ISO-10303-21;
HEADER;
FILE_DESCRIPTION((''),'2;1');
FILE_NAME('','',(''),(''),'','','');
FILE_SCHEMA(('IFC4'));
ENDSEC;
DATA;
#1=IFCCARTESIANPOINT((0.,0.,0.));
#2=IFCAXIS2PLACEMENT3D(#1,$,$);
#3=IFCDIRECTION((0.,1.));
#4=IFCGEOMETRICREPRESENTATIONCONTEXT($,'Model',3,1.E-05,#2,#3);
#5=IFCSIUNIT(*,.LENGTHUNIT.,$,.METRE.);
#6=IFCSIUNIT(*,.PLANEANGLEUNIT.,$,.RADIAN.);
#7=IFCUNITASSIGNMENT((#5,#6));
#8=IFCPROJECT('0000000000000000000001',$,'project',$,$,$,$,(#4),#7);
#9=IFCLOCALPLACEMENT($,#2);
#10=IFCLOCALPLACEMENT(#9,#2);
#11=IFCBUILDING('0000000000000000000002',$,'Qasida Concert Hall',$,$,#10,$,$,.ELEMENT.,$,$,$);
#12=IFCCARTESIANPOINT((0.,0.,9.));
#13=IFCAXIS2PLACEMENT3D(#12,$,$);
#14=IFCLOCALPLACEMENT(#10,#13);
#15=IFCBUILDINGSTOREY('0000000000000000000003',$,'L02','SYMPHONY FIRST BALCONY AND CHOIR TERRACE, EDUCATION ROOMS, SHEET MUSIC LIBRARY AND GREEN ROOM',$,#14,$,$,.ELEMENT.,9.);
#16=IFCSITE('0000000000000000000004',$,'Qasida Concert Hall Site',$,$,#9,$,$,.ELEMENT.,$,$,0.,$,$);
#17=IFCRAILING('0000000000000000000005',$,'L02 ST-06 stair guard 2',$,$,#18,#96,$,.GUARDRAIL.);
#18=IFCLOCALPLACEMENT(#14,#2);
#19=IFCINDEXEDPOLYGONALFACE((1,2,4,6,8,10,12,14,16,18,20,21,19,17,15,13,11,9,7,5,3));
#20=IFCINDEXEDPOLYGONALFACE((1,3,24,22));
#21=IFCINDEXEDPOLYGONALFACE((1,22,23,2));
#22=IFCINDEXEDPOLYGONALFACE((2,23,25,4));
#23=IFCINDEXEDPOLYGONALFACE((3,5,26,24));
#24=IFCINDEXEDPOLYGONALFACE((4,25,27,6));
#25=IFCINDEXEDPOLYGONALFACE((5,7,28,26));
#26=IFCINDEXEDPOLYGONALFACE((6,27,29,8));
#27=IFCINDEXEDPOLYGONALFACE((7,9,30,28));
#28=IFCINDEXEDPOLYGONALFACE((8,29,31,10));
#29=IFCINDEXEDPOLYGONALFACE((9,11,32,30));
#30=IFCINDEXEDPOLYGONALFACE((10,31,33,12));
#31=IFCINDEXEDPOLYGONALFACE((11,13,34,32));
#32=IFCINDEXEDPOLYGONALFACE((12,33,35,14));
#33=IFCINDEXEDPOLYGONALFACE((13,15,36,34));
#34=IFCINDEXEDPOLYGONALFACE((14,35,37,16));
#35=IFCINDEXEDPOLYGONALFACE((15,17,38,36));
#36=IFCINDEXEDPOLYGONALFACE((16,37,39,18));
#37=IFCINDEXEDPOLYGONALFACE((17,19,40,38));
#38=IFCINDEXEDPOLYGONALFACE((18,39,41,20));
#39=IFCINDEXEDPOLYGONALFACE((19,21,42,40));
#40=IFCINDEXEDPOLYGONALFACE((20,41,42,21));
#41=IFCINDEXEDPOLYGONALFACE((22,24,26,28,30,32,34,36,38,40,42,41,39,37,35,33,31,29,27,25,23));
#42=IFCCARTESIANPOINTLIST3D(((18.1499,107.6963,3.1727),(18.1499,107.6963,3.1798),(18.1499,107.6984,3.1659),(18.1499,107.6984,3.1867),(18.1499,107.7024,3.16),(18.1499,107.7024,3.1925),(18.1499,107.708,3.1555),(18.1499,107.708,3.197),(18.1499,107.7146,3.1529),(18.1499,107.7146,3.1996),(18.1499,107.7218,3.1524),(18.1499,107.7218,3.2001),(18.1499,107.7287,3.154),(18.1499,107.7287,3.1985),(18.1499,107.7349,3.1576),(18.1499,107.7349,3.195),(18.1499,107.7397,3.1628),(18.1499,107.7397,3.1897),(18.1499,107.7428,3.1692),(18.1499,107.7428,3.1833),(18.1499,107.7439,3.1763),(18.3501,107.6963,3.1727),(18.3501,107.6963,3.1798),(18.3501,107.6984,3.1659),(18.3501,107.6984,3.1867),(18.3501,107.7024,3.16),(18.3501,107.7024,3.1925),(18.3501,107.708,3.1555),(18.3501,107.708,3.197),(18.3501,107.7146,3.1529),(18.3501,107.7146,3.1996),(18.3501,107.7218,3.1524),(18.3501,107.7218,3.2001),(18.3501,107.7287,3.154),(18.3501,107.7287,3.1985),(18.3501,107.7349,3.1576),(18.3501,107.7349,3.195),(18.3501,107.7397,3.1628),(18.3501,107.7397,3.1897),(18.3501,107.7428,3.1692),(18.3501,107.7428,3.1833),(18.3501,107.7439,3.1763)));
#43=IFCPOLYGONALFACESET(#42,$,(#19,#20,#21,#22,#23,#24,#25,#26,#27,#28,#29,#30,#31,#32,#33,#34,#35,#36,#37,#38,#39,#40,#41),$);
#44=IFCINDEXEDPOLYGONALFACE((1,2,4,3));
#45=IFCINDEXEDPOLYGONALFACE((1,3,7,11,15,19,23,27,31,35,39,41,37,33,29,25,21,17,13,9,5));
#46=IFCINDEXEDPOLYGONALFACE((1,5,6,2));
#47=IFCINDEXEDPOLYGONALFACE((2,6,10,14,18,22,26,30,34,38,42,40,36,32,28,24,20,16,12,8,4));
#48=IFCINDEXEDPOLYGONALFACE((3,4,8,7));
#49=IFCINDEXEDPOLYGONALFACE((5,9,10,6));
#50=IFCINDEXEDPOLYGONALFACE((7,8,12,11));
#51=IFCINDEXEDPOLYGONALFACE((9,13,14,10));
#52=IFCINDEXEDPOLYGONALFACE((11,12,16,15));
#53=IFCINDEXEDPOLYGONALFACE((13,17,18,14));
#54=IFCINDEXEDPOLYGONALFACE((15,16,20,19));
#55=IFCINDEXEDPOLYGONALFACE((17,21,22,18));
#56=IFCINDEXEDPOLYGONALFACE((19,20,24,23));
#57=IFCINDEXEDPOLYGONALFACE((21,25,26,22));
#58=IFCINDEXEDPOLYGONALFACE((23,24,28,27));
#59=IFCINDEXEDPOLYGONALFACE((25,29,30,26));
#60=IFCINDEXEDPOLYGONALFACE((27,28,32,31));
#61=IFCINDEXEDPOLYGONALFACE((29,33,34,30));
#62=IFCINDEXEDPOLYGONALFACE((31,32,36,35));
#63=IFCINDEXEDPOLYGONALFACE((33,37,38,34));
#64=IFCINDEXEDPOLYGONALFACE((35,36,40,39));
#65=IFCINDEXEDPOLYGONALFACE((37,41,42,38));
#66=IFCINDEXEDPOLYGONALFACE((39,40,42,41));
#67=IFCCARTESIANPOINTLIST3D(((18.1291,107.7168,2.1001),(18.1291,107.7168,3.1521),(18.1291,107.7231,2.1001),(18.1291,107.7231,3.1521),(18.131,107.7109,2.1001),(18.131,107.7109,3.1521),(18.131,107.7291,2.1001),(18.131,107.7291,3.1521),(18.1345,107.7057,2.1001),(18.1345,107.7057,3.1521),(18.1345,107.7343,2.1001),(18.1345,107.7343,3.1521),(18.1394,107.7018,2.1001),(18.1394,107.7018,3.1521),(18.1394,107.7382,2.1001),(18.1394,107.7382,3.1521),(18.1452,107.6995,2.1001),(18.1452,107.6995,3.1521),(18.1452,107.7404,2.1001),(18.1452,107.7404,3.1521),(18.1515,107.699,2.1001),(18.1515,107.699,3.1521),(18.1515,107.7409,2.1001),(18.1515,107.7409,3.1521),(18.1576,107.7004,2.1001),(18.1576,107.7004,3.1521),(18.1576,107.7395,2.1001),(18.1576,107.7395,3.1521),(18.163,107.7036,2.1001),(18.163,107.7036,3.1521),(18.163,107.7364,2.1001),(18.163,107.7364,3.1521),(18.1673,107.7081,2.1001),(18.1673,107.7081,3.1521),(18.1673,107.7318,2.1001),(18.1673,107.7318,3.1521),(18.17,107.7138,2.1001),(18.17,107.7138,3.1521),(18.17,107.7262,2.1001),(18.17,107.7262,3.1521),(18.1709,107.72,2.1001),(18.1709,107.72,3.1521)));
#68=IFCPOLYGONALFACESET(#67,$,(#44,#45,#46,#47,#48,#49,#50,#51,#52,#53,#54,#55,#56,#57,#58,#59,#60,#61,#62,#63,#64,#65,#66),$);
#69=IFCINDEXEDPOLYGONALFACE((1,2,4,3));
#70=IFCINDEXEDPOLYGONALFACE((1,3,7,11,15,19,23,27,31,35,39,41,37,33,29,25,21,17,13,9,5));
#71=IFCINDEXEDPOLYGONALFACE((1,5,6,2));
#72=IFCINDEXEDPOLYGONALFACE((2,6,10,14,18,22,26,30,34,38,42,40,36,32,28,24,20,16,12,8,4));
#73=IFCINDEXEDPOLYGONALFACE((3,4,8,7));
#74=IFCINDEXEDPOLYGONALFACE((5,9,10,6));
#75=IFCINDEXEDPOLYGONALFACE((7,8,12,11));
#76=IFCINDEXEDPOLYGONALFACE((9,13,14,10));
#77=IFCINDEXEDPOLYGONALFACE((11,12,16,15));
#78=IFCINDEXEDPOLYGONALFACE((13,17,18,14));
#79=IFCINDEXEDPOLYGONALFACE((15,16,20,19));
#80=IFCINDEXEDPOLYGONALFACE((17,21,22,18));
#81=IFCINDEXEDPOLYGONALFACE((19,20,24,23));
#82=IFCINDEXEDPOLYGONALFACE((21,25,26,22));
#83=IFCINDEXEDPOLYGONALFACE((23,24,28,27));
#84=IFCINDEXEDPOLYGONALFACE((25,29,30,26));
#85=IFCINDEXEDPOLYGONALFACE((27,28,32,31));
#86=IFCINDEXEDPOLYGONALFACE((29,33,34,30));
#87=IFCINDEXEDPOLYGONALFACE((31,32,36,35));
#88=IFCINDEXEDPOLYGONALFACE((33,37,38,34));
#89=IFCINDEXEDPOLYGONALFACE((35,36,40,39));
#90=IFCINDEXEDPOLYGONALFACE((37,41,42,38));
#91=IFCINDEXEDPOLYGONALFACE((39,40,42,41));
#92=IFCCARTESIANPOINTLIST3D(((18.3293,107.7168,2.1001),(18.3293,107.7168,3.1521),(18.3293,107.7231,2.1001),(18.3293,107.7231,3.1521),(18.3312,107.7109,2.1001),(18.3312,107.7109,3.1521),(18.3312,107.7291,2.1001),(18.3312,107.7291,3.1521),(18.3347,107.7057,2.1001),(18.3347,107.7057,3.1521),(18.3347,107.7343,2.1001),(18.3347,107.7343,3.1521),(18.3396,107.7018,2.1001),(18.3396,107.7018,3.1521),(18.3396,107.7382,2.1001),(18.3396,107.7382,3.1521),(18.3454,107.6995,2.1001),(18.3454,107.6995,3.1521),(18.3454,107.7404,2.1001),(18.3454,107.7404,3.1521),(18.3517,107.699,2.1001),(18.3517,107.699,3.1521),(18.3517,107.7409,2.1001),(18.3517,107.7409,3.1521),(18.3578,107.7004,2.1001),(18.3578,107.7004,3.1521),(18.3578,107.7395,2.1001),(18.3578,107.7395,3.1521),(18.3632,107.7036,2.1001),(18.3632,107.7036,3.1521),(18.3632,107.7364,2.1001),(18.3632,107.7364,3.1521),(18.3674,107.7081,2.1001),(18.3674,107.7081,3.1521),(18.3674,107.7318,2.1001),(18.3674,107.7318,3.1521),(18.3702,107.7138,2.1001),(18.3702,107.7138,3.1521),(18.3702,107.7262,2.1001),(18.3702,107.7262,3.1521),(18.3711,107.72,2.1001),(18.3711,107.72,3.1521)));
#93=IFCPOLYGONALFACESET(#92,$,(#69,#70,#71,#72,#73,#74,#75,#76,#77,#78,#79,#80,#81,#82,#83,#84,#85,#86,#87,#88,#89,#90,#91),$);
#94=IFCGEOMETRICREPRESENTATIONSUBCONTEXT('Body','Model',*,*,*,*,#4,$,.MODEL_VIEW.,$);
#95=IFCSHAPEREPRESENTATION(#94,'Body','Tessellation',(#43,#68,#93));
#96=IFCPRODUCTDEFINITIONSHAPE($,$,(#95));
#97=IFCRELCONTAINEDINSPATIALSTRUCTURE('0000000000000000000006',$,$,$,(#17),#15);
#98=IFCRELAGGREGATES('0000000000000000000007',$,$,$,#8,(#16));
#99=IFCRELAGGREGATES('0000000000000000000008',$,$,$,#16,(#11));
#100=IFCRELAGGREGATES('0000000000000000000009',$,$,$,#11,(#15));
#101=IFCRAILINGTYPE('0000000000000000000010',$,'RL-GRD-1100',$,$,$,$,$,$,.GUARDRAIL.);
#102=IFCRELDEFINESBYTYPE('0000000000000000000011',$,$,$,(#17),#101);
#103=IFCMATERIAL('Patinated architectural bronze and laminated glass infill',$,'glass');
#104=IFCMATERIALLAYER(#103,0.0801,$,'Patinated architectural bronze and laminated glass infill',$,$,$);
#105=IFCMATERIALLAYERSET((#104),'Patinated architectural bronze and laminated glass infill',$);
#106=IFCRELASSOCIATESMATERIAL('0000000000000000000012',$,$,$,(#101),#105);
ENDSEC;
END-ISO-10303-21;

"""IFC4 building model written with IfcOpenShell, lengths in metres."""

from ifc_helpers import new_model, si_unit, direction, frame, origin, origin_2d, place, context, subcontext, project, spatial, circle, extrude, material, layer, layer_set, type_object, element, save


model = new_model("IFC4")

# Units and contexts
model_context = context("Model", 3, precision=1e-05, world=origin(), true_north=direction((0.0, 1.0)))
body_context = subcontext(model_context, "Body", "Model", "MODEL_VIEW")
ifc_project = project(units=[si_unit("LENGTHUNIT", "METRE"), si_unit("PLANEANGLEUNIT", "RADIAN")], contexts=[model_context])

# Site, building, storey
site_placement = place(None, origin())
site = spatial("IfcSite", under=ifc_project, at=site_placement, Name="Qasida Concert Hall Site", CompositionType="ELEMENT", RefElevation=0.0)
building_placement = place(site_placement, origin())
building = spatial("IfcBuilding", under=site, at=building_placement, Name="Qasida Concert Hall", CompositionType="ELEMENT")
storey_placement = place(building_placement, frame((0.0, 0.0, 9.0)))
storey = spatial("IfcBuildingStorey", under=building, at=storey_placement, Name="L02", Description="SYMPHONY FIRST BALCONY AND CHOIR TERRACE, EDUCATION ROOMS, SHEET MUSIC LIBRARY AND GREEN ROOM", CompositionType="ELEMENT", Elevation=9.0)

# Railing
ifc_material_1 = material(Name="Patinated architectural bronze and laminated glass infill", Category="glass")
ifc_layer_1 = layer(ifc_material_1, 0.0801, Name="Patinated architectural bronze and laminated glass infill")
ifc_layer_set_1 = layer_set([ifc_layer_1], Name="Patinated architectural bronze and laminated glass infill")
railing_type_1 = type_object("IfcRailingType", Name="RL-GRD-1100", PredefinedType="GUARDRAIL", material=ifc_layer_set_1)
railing_1_placement = place(storey_placement, frame((18.1499, 107.72, 2.1001)))
element("IfcRailing", 1, at=railing_1_placement, inside=storey, type_object=railing_type_1, Name="L02 ST-06 stair guard 2", PredefinedType="GUARDRAIL", context=body_context, shape_type="SweptSolid", body=[
    extrude(circle(Radius=0.0239, at=origin_2d()), frame((0.0, 0.0, 1.0762), z_axis=(1.0, 0.0, 0.0), x_axis=(0.0, 1.0, 0.0)), (0.0, 0.0, 1.0), 0.2002),
    extrude(circle(Radius=0.021, at=origin_2d()), origin(), (0.0, 0.0, 1.0), 1.052),
    extrude(circle(Radius=0.021, at=origin_2d()), frame((0.2002, 0.0, 0.0)), (0.0, 0.0, 1.0), 1.052),
])

save(model, "model.ifc")
